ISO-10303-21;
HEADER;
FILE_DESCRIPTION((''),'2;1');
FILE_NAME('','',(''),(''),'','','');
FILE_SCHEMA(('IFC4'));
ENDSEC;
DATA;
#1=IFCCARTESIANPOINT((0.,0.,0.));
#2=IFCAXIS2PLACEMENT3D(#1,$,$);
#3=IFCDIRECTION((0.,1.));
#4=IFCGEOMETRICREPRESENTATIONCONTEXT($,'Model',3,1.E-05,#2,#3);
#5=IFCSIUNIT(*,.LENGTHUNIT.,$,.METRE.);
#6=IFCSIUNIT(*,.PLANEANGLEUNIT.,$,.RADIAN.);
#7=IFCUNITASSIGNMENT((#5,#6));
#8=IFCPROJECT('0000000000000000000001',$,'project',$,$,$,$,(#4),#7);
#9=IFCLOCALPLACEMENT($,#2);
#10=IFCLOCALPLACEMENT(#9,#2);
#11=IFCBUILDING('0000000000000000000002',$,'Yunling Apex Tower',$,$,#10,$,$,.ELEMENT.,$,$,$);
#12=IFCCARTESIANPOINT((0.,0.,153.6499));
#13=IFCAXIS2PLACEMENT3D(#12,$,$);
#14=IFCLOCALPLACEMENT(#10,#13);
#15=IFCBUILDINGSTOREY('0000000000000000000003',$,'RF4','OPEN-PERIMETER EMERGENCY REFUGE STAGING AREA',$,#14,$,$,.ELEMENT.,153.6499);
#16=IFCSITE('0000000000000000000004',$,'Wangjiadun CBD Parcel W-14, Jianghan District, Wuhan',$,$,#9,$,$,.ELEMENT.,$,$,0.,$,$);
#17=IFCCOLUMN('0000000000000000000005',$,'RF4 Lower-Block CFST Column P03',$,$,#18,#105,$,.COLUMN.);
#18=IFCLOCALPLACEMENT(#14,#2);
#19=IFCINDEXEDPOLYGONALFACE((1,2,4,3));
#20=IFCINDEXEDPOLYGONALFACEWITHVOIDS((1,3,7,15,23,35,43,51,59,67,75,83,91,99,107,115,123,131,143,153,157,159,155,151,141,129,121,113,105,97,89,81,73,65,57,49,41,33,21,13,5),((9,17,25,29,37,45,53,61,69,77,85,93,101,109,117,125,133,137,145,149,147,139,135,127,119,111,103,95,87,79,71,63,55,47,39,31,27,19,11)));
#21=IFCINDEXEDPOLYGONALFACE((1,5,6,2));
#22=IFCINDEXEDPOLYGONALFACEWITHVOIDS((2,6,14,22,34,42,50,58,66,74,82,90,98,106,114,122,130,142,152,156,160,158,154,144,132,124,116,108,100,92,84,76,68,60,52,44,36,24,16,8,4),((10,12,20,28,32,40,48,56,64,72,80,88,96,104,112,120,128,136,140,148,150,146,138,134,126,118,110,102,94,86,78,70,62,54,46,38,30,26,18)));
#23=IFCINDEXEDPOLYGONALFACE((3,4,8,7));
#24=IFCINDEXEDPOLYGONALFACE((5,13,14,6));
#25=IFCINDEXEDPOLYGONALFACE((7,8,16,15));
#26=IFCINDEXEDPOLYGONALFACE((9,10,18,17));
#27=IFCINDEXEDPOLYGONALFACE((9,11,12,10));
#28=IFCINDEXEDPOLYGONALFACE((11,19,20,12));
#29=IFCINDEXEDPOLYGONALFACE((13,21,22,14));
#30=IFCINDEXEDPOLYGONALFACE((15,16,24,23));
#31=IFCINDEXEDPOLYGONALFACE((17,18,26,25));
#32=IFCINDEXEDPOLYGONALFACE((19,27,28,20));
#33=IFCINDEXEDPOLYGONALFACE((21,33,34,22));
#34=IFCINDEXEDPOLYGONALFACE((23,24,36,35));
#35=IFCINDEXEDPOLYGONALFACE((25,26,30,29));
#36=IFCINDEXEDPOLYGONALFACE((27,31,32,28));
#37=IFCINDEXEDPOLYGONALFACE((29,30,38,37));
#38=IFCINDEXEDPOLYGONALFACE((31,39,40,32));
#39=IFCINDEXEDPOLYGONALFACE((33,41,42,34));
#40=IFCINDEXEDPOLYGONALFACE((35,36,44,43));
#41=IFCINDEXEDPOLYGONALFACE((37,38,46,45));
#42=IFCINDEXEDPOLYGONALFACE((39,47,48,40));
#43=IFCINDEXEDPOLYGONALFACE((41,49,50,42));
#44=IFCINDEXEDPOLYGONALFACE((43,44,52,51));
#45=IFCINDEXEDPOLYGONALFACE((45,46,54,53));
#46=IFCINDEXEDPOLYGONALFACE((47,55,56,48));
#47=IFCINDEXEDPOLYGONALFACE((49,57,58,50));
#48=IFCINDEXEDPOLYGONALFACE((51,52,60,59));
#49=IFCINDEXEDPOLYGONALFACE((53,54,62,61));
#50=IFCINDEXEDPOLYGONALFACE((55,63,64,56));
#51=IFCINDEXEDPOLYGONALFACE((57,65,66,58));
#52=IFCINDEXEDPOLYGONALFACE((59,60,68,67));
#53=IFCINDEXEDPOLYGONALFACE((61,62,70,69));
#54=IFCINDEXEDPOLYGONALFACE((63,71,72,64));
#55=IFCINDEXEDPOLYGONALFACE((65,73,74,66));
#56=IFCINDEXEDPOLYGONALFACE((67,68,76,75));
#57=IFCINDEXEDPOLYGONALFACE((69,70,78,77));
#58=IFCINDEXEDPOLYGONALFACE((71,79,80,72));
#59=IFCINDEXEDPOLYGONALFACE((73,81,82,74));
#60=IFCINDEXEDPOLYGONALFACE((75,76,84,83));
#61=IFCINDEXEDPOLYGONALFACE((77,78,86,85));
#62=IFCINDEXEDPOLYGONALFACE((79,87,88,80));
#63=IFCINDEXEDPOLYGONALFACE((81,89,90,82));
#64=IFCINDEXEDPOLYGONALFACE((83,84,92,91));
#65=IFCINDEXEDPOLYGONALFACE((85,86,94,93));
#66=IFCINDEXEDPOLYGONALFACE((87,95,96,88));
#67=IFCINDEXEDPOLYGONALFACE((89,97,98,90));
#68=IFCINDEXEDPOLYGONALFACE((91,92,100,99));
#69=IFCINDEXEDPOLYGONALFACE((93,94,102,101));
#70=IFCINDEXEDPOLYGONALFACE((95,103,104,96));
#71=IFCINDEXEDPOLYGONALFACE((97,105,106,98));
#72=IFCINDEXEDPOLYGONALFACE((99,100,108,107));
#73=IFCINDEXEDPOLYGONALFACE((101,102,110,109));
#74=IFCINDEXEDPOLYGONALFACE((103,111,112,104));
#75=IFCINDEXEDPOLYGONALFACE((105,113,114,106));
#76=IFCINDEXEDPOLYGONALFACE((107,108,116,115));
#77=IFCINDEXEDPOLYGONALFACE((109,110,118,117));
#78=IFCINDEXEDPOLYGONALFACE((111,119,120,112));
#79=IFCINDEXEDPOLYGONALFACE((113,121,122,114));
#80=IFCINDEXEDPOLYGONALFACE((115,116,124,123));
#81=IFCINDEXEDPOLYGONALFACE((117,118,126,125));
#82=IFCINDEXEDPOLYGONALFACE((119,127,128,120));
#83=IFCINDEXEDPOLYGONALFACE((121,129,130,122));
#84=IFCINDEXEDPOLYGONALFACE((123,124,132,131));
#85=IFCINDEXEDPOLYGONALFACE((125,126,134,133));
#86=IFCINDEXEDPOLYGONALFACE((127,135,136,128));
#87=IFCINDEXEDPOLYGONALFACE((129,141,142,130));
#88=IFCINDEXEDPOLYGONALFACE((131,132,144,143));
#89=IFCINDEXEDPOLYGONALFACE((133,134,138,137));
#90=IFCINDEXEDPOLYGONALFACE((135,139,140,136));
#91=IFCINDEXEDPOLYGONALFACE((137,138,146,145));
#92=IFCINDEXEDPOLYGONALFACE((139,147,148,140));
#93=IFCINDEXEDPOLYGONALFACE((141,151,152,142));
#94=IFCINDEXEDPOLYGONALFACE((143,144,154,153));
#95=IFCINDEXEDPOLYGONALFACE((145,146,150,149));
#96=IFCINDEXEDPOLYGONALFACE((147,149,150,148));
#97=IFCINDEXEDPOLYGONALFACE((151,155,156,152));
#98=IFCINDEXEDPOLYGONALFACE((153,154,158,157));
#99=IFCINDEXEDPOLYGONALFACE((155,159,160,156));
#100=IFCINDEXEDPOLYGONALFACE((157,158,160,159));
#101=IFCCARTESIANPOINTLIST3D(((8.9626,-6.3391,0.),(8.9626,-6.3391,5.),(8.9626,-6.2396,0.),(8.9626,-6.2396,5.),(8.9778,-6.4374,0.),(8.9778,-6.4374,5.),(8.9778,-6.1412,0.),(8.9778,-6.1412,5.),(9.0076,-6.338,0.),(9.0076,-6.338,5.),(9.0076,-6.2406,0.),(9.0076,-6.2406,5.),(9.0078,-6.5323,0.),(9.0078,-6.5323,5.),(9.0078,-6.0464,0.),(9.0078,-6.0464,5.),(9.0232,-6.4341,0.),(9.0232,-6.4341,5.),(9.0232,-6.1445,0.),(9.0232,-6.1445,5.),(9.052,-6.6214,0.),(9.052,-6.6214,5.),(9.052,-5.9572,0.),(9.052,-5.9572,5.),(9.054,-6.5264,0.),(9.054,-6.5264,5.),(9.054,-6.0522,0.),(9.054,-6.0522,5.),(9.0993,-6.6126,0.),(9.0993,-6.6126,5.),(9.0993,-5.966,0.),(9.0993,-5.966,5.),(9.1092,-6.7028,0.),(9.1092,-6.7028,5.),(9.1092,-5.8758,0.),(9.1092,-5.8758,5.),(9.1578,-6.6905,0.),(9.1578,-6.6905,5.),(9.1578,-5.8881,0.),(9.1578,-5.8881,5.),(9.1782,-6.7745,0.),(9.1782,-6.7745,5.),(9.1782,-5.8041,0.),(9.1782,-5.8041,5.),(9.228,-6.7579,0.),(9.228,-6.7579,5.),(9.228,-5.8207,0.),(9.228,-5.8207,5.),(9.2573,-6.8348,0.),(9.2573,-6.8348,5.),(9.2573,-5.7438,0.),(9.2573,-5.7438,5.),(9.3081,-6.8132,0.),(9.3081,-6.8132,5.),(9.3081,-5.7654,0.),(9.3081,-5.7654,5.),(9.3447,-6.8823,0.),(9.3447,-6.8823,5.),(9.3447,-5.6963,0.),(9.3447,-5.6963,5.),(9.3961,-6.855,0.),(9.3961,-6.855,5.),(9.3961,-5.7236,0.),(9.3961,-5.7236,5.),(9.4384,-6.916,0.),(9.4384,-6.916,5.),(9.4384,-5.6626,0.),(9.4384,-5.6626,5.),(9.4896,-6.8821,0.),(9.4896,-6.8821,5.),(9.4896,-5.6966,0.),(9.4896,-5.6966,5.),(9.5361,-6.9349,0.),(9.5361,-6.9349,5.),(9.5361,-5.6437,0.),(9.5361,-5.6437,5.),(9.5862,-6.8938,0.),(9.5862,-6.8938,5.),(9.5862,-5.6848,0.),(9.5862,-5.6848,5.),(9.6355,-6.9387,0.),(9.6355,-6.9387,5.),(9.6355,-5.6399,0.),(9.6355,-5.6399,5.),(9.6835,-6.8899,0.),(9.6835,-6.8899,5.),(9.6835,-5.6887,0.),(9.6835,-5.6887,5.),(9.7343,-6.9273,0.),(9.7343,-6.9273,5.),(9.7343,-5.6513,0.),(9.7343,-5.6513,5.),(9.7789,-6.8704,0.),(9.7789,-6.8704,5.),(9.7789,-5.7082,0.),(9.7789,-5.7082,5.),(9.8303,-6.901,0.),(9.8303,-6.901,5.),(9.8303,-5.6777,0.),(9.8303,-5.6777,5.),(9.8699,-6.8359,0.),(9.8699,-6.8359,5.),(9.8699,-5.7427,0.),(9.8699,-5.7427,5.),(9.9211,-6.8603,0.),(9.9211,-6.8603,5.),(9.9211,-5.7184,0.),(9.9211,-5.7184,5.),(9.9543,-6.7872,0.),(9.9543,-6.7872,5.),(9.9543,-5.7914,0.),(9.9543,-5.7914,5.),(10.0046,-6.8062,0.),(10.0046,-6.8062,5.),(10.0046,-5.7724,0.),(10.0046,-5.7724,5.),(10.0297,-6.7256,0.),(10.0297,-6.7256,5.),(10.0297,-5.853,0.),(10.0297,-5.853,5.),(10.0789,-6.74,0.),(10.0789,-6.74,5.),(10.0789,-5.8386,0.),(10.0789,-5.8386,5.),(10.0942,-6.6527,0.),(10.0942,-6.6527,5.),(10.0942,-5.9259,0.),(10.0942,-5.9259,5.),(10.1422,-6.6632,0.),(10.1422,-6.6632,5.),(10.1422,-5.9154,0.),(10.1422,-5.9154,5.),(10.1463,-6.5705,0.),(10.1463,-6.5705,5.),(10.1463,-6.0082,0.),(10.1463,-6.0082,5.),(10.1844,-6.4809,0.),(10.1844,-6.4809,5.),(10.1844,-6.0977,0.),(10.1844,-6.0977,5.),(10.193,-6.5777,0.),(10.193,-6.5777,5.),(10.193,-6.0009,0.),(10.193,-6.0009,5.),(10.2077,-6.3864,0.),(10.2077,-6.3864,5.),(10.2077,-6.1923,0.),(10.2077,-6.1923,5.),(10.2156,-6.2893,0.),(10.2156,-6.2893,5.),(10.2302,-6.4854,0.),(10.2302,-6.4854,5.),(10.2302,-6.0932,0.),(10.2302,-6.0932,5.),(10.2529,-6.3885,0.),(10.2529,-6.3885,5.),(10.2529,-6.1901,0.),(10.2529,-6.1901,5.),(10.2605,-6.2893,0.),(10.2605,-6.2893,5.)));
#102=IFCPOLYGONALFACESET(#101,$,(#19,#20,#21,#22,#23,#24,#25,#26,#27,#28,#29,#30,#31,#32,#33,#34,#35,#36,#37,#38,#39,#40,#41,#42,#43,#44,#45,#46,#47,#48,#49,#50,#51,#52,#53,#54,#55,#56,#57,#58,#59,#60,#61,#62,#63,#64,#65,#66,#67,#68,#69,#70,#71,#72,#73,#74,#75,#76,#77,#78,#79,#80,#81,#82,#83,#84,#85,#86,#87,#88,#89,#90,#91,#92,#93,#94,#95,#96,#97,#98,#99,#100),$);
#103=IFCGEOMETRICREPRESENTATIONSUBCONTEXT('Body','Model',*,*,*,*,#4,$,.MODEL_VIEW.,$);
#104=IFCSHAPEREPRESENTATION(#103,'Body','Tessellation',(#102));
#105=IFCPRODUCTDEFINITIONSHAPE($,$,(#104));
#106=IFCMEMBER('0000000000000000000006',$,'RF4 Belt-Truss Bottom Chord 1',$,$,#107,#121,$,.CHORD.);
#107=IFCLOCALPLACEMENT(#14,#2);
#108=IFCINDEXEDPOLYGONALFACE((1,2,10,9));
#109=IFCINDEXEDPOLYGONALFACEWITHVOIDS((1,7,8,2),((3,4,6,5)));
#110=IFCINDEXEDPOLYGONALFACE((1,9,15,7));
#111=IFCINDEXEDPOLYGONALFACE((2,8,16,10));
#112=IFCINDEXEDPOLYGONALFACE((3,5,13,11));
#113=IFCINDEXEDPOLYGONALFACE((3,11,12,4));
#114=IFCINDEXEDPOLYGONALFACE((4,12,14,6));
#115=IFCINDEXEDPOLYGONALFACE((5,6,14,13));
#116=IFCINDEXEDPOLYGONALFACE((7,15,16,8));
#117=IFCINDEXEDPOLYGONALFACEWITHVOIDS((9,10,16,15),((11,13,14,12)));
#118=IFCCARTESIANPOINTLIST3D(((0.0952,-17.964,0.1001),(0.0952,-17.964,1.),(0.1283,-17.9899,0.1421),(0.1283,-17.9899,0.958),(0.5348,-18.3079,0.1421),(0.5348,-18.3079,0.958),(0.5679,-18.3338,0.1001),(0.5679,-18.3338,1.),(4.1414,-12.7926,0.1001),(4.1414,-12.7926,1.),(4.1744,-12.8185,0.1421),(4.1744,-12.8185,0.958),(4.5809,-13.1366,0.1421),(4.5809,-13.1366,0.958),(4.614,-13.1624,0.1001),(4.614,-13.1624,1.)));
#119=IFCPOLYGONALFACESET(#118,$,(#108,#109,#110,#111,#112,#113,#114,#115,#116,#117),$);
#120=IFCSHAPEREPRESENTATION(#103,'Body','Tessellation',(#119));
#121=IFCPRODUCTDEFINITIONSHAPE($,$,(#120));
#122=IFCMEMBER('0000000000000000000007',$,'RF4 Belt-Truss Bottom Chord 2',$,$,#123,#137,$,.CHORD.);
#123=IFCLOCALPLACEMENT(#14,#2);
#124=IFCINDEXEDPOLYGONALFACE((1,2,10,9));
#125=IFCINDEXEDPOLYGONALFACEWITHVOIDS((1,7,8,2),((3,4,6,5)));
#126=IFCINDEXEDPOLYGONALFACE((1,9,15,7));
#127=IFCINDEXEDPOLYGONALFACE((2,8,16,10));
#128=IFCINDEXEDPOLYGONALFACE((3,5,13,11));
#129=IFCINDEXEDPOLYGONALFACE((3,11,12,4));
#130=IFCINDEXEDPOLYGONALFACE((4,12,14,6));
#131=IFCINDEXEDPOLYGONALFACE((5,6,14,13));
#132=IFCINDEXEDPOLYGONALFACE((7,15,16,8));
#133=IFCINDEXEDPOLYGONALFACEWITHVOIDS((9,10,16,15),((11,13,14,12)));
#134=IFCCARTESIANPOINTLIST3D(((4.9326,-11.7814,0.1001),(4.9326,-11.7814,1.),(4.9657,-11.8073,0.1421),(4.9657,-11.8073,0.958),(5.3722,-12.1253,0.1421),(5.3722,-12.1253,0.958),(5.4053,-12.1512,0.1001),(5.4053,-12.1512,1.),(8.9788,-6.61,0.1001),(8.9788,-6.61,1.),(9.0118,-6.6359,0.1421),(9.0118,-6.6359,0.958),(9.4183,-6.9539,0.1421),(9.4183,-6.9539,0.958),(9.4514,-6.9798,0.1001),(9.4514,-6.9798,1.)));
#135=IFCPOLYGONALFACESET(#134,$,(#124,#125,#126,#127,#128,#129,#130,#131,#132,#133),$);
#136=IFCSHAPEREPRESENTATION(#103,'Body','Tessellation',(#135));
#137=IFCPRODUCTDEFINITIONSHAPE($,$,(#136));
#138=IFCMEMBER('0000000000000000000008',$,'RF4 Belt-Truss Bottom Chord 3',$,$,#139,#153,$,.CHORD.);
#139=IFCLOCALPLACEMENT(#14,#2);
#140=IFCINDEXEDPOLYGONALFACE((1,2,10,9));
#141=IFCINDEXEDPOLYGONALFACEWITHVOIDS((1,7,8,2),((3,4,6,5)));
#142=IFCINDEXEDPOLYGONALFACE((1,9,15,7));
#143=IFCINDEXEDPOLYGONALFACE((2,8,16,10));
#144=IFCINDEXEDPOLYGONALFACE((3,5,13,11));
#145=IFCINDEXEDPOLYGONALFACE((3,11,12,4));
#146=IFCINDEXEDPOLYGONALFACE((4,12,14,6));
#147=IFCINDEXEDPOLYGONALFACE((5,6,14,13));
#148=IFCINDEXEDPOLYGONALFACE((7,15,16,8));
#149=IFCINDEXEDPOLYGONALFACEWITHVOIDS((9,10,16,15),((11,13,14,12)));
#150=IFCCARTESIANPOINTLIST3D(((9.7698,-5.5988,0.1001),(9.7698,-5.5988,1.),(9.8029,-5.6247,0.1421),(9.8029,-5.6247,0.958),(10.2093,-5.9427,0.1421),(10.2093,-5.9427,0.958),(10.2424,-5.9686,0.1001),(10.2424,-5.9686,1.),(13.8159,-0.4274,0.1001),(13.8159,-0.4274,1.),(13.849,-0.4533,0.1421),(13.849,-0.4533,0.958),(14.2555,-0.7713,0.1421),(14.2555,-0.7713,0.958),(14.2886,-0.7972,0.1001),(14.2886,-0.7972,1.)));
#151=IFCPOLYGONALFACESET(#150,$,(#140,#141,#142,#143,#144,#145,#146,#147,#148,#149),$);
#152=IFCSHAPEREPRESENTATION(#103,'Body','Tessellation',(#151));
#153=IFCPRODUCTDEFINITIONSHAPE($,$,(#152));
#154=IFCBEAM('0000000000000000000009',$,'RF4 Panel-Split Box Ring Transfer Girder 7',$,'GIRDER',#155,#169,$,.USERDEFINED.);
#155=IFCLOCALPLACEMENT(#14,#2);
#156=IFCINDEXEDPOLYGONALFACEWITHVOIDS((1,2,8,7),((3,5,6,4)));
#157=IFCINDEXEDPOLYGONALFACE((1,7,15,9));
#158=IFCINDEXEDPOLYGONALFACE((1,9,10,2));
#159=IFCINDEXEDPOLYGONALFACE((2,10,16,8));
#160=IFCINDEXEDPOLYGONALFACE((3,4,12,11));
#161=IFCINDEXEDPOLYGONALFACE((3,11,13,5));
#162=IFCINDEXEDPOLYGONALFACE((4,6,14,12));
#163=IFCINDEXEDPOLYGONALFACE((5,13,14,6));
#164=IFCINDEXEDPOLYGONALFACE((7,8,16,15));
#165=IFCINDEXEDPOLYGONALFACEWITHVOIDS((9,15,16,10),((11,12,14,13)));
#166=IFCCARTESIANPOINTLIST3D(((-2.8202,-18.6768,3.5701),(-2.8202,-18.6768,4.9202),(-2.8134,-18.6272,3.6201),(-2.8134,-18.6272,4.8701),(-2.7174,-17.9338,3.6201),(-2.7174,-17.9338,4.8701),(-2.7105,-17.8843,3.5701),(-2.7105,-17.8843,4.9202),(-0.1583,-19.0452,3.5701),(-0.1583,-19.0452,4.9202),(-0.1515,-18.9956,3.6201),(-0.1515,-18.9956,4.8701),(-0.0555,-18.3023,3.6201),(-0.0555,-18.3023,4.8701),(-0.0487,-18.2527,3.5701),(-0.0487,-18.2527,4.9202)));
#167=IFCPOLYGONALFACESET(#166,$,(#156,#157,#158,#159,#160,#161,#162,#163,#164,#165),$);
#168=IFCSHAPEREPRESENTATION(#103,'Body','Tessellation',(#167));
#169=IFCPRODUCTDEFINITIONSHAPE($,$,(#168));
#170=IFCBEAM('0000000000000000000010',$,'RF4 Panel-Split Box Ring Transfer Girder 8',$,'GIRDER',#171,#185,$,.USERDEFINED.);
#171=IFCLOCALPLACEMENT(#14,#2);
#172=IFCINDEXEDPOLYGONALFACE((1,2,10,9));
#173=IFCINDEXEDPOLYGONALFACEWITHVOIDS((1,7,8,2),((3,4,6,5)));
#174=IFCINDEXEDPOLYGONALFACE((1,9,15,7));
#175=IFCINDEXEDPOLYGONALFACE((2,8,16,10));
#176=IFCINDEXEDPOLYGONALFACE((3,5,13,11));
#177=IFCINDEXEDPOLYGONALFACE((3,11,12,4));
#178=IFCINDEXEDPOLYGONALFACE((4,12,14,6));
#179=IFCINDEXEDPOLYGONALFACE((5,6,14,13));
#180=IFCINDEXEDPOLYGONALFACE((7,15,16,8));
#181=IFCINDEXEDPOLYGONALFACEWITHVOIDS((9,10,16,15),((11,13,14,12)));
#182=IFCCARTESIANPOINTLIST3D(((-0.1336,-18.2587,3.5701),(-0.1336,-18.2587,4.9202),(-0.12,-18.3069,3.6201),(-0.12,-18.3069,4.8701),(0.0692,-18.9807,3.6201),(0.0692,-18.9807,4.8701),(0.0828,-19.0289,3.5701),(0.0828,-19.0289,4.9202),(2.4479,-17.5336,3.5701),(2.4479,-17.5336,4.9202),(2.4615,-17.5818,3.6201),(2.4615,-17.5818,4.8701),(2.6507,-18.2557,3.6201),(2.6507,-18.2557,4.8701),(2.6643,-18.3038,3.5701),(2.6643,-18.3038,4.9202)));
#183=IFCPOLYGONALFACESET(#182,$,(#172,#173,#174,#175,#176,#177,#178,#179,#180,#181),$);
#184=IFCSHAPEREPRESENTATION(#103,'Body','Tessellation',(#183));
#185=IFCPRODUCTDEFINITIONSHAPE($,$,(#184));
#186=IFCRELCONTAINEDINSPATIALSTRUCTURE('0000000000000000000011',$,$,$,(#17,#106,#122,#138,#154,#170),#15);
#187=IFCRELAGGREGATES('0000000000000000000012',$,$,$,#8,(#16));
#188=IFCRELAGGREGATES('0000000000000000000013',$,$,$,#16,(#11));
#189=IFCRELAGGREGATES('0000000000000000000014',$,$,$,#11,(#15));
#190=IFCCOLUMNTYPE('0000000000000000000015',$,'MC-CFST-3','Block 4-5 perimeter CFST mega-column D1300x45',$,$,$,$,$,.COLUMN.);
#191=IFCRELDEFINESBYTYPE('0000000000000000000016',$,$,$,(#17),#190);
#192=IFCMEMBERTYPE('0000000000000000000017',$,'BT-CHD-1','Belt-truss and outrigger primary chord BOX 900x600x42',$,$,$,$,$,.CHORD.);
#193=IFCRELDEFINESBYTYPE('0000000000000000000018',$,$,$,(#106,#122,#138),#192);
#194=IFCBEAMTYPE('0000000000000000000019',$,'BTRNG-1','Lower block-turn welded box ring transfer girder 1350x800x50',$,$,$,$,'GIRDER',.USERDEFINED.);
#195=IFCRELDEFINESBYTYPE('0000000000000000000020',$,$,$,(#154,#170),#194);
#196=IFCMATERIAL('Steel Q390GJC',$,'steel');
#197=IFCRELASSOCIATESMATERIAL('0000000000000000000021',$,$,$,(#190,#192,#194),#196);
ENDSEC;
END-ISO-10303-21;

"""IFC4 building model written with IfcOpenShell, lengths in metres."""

from ifc_helpers import new_model, si_unit, direction, frame, origin, origin_2d, place, context, subcontext, project, spatial, hollow_rectangle, hollow_circle, extrude, source, transform, mapped, material, material_profile, profile_set, type_object, element, save


model = new_model("IFC4")

# Units and contexts
model_context = context("Model", 3, precision=1e-05, world=origin(), true_north=direction((0.0, 1.0)))
body_context = subcontext(model_context, "Body", "Model", "MODEL_VIEW")
ifc_project = project(units=[si_unit("LENGTHUNIT", "METRE"), si_unit("PLANEANGLEUNIT", "RADIAN")], contexts=[model_context])

# Site, building, storey
site_placement = place(None, origin())
site = spatial("IfcSite", under=ifc_project, at=site_placement, Name="Wangjiadun CBD Parcel W-14, Jianghan District, Wuhan", CompositionType="ELEMENT", RefElevation=0.0)
building_placement = place(site_placement, origin())
building = spatial("IfcBuilding", under=site, at=building_placement, Name="Yunling Apex Tower", CompositionType="ELEMENT")
storey_placement = place(building_placement, frame((0.0, 0.0, 153.6499)))
storey = spatial("IfcBuildingStorey", under=building, at=storey_placement, Name="RF4", Description="OPEN-PERIMETER EMERGENCY REFUGE STAGING AREA", CompositionType="ELEMENT", Elevation=153.6499)

# Column
ifc_material_1 = material(Name="Steel Q390GJC", Category="steel")
ifc_material_profile_1 = material_profile(ifc_material_1, hollow_circle(Radius=0.6499, WallThickness=0.0449, at=origin_2d()))
ifc_profile_set_1 = profile_set([ifc_material_profile_1], Name="Steel Q390GJC")
column_type = type_object("IfcColumnType", Name="MC-CFST-3", Description="Block 4-5 perimeter CFST mega-column D1300x45", PredefinedType="COLUMN", material=ifc_profile_set_1)
shared_shape_1 = source(origin(), body_context, "Body", "SweptSolid", [
    extrude(hollow_circle(Radius=0.6499, WallThickness=0.0449, at=origin_2d()), origin(), (0.0, 0.0, 1.0), 5.0),
])
for number, where, z_axis, x_axis, name in (
    (1, (9.6106, -6.2893, 0.0), (0.0, 0.0, 1.0), (1.0, 0.0, 0.0), "RF4 Lower-Block CFST Column P03"),
):
    element("IfcColumn", number, at=place(storey_placement, frame(where, z_axis=z_axis, x_axis=x_axis)), inside=storey, type_object=column_type, Name=name, PredefinedType="COLUMN", context=body_context, shape_type="MappedRepresentation", body=[
        mapped(shared_shape_1, transform((0.0, 0.0, 0.0), scale=1.0)),
    ])

# Members
ifc_material_profile_2 = material_profile(ifc_material_1, hollow_rectangle(XDim=0.6001, YDim=0.8999, WallThickness=0.042, at=origin_2d()))
ifc_profile_set_2 = profile_set([ifc_material_profile_2], Name="Steel Q390GJC")
member_type_1 = type_object("IfcMemberType", Name="BT-CHD-1", Description="Belt-truss and outrigger primary chord BOX 900x600x42", PredefinedType="CHORD", material=ifc_profile_set_2)
shared_shape_2 = source(origin(), body_context, "Body", "SweptSolid", [
    extrude(hollow_rectangle(XDim=0.6001, YDim=0.8999, WallThickness=0.042, at=origin_2d()), origin(), (0.0, 0.0, 1.0), 6.5662),
])
for number, where, z_axis, x_axis, name in (
    (2, (0.3315, -18.1489, 0.55), (0.616211, 0.787581, 0.0), (-0.787581, 0.616211, 0.0), "RF4 Belt-Truss Bottom Chord 1"),
    (3, (5.1689, -11.9663, 0.55), (0.616211, 0.787581, 0.0), (-0.787581, 0.616211, 0.0), "RF4 Belt-Truss Bottom Chord 2"),
    (4, (10.0061, -5.7837, 0.55), (0.616211, 0.787581, 0.0), (-0.787581, 0.616211, 0.0), "RF4 Belt-Truss Bottom Chord 3"),
):
    element("IfcMember", number, at=place(storey_placement, frame(where, z_axis=z_axis, x_axis=x_axis)), inside=storey, type_object=member_type_1, Name=name, PredefinedType="CHORD", context=body_context, shape_type="MappedRepresentation", body=[
        mapped(shared_shape_2, transform((0.0, 0.0, 0.0), scale=1.0)),
    ])

# Beams
ifc_material_profile_3 = material_profile(ifc_material_1, hollow_rectangle(XDim=0.8, YDim=1.3501, WallThickness=0.05, at=origin_2d()))
ifc_profile_set_3 = profile_set([ifc_material_profile_3], Name="Steel Q390GJC")
beam_type = type_object("IfcBeamType", Name="BTRNG-1", Description="Lower block-turn welded box ring transfer girder 1350x800x50", ElementType="GIRDER", PredefinedType="USERDEFINED", material=ifc_profile_set_3)
shared_shape_3 = source(origin(), body_context, "Body", "SweptSolid", [
    extrude(hollow_rectangle(XDim=0.8, YDim=1.3501, WallThickness=0.05, at=origin_2d()), origin(), (0.0, 0.0, 1.0), 2.6873),
])
beam_1_placement = place(storey_placement, frame((-2.7654, -18.2805, 4.2451), z_axis=(0.990558, -0.137095, 0.0), x_axis=(0.137095, 0.990558, 0.0)))
element("IfcBeam", 5, at=beam_1_placement, inside=storey, type_object=beam_type, Name="RF4 Panel-Split Box Ring Transfer Girder 7", ObjectType="GIRDER", PredefinedType="USERDEFINED", context=body_context, shape_type="MappedRepresentation", body=[
    mapped(shared_shape_3, transform((0.0, 0.0, 0.0), scale=1.0)),
])
shared_shape_4 = source(origin(), body_context, "Body", "SweptSolid", [
    extrude(hollow_rectangle(XDim=0.8, YDim=1.3501, WallThickness=0.05, at=origin_2d()), origin(), (0.0, 0.0, 1.0), 2.6814),
])
beam_2_placement = place(storey_placement, frame((-0.0254, -18.6438, 4.2451), z_axis=(0.962744, 0.270413, 0.0), x_axis=(-0.270413, 0.962744, 0.0)))
element("IfcBeam", 6, at=beam_2_placement, inside=storey, type_object=beam_type, Name="RF4 Panel-Split Box Ring Transfer Girder 8", ObjectType="GIRDER", PredefinedType="USERDEFINED", context=body_context, shape_type="MappedRepresentation", body=[
    mapped(shared_shape_4, transform((0.0, 0.0, 0.0), scale=1.0)),
])

save(model, "model.ifc")
